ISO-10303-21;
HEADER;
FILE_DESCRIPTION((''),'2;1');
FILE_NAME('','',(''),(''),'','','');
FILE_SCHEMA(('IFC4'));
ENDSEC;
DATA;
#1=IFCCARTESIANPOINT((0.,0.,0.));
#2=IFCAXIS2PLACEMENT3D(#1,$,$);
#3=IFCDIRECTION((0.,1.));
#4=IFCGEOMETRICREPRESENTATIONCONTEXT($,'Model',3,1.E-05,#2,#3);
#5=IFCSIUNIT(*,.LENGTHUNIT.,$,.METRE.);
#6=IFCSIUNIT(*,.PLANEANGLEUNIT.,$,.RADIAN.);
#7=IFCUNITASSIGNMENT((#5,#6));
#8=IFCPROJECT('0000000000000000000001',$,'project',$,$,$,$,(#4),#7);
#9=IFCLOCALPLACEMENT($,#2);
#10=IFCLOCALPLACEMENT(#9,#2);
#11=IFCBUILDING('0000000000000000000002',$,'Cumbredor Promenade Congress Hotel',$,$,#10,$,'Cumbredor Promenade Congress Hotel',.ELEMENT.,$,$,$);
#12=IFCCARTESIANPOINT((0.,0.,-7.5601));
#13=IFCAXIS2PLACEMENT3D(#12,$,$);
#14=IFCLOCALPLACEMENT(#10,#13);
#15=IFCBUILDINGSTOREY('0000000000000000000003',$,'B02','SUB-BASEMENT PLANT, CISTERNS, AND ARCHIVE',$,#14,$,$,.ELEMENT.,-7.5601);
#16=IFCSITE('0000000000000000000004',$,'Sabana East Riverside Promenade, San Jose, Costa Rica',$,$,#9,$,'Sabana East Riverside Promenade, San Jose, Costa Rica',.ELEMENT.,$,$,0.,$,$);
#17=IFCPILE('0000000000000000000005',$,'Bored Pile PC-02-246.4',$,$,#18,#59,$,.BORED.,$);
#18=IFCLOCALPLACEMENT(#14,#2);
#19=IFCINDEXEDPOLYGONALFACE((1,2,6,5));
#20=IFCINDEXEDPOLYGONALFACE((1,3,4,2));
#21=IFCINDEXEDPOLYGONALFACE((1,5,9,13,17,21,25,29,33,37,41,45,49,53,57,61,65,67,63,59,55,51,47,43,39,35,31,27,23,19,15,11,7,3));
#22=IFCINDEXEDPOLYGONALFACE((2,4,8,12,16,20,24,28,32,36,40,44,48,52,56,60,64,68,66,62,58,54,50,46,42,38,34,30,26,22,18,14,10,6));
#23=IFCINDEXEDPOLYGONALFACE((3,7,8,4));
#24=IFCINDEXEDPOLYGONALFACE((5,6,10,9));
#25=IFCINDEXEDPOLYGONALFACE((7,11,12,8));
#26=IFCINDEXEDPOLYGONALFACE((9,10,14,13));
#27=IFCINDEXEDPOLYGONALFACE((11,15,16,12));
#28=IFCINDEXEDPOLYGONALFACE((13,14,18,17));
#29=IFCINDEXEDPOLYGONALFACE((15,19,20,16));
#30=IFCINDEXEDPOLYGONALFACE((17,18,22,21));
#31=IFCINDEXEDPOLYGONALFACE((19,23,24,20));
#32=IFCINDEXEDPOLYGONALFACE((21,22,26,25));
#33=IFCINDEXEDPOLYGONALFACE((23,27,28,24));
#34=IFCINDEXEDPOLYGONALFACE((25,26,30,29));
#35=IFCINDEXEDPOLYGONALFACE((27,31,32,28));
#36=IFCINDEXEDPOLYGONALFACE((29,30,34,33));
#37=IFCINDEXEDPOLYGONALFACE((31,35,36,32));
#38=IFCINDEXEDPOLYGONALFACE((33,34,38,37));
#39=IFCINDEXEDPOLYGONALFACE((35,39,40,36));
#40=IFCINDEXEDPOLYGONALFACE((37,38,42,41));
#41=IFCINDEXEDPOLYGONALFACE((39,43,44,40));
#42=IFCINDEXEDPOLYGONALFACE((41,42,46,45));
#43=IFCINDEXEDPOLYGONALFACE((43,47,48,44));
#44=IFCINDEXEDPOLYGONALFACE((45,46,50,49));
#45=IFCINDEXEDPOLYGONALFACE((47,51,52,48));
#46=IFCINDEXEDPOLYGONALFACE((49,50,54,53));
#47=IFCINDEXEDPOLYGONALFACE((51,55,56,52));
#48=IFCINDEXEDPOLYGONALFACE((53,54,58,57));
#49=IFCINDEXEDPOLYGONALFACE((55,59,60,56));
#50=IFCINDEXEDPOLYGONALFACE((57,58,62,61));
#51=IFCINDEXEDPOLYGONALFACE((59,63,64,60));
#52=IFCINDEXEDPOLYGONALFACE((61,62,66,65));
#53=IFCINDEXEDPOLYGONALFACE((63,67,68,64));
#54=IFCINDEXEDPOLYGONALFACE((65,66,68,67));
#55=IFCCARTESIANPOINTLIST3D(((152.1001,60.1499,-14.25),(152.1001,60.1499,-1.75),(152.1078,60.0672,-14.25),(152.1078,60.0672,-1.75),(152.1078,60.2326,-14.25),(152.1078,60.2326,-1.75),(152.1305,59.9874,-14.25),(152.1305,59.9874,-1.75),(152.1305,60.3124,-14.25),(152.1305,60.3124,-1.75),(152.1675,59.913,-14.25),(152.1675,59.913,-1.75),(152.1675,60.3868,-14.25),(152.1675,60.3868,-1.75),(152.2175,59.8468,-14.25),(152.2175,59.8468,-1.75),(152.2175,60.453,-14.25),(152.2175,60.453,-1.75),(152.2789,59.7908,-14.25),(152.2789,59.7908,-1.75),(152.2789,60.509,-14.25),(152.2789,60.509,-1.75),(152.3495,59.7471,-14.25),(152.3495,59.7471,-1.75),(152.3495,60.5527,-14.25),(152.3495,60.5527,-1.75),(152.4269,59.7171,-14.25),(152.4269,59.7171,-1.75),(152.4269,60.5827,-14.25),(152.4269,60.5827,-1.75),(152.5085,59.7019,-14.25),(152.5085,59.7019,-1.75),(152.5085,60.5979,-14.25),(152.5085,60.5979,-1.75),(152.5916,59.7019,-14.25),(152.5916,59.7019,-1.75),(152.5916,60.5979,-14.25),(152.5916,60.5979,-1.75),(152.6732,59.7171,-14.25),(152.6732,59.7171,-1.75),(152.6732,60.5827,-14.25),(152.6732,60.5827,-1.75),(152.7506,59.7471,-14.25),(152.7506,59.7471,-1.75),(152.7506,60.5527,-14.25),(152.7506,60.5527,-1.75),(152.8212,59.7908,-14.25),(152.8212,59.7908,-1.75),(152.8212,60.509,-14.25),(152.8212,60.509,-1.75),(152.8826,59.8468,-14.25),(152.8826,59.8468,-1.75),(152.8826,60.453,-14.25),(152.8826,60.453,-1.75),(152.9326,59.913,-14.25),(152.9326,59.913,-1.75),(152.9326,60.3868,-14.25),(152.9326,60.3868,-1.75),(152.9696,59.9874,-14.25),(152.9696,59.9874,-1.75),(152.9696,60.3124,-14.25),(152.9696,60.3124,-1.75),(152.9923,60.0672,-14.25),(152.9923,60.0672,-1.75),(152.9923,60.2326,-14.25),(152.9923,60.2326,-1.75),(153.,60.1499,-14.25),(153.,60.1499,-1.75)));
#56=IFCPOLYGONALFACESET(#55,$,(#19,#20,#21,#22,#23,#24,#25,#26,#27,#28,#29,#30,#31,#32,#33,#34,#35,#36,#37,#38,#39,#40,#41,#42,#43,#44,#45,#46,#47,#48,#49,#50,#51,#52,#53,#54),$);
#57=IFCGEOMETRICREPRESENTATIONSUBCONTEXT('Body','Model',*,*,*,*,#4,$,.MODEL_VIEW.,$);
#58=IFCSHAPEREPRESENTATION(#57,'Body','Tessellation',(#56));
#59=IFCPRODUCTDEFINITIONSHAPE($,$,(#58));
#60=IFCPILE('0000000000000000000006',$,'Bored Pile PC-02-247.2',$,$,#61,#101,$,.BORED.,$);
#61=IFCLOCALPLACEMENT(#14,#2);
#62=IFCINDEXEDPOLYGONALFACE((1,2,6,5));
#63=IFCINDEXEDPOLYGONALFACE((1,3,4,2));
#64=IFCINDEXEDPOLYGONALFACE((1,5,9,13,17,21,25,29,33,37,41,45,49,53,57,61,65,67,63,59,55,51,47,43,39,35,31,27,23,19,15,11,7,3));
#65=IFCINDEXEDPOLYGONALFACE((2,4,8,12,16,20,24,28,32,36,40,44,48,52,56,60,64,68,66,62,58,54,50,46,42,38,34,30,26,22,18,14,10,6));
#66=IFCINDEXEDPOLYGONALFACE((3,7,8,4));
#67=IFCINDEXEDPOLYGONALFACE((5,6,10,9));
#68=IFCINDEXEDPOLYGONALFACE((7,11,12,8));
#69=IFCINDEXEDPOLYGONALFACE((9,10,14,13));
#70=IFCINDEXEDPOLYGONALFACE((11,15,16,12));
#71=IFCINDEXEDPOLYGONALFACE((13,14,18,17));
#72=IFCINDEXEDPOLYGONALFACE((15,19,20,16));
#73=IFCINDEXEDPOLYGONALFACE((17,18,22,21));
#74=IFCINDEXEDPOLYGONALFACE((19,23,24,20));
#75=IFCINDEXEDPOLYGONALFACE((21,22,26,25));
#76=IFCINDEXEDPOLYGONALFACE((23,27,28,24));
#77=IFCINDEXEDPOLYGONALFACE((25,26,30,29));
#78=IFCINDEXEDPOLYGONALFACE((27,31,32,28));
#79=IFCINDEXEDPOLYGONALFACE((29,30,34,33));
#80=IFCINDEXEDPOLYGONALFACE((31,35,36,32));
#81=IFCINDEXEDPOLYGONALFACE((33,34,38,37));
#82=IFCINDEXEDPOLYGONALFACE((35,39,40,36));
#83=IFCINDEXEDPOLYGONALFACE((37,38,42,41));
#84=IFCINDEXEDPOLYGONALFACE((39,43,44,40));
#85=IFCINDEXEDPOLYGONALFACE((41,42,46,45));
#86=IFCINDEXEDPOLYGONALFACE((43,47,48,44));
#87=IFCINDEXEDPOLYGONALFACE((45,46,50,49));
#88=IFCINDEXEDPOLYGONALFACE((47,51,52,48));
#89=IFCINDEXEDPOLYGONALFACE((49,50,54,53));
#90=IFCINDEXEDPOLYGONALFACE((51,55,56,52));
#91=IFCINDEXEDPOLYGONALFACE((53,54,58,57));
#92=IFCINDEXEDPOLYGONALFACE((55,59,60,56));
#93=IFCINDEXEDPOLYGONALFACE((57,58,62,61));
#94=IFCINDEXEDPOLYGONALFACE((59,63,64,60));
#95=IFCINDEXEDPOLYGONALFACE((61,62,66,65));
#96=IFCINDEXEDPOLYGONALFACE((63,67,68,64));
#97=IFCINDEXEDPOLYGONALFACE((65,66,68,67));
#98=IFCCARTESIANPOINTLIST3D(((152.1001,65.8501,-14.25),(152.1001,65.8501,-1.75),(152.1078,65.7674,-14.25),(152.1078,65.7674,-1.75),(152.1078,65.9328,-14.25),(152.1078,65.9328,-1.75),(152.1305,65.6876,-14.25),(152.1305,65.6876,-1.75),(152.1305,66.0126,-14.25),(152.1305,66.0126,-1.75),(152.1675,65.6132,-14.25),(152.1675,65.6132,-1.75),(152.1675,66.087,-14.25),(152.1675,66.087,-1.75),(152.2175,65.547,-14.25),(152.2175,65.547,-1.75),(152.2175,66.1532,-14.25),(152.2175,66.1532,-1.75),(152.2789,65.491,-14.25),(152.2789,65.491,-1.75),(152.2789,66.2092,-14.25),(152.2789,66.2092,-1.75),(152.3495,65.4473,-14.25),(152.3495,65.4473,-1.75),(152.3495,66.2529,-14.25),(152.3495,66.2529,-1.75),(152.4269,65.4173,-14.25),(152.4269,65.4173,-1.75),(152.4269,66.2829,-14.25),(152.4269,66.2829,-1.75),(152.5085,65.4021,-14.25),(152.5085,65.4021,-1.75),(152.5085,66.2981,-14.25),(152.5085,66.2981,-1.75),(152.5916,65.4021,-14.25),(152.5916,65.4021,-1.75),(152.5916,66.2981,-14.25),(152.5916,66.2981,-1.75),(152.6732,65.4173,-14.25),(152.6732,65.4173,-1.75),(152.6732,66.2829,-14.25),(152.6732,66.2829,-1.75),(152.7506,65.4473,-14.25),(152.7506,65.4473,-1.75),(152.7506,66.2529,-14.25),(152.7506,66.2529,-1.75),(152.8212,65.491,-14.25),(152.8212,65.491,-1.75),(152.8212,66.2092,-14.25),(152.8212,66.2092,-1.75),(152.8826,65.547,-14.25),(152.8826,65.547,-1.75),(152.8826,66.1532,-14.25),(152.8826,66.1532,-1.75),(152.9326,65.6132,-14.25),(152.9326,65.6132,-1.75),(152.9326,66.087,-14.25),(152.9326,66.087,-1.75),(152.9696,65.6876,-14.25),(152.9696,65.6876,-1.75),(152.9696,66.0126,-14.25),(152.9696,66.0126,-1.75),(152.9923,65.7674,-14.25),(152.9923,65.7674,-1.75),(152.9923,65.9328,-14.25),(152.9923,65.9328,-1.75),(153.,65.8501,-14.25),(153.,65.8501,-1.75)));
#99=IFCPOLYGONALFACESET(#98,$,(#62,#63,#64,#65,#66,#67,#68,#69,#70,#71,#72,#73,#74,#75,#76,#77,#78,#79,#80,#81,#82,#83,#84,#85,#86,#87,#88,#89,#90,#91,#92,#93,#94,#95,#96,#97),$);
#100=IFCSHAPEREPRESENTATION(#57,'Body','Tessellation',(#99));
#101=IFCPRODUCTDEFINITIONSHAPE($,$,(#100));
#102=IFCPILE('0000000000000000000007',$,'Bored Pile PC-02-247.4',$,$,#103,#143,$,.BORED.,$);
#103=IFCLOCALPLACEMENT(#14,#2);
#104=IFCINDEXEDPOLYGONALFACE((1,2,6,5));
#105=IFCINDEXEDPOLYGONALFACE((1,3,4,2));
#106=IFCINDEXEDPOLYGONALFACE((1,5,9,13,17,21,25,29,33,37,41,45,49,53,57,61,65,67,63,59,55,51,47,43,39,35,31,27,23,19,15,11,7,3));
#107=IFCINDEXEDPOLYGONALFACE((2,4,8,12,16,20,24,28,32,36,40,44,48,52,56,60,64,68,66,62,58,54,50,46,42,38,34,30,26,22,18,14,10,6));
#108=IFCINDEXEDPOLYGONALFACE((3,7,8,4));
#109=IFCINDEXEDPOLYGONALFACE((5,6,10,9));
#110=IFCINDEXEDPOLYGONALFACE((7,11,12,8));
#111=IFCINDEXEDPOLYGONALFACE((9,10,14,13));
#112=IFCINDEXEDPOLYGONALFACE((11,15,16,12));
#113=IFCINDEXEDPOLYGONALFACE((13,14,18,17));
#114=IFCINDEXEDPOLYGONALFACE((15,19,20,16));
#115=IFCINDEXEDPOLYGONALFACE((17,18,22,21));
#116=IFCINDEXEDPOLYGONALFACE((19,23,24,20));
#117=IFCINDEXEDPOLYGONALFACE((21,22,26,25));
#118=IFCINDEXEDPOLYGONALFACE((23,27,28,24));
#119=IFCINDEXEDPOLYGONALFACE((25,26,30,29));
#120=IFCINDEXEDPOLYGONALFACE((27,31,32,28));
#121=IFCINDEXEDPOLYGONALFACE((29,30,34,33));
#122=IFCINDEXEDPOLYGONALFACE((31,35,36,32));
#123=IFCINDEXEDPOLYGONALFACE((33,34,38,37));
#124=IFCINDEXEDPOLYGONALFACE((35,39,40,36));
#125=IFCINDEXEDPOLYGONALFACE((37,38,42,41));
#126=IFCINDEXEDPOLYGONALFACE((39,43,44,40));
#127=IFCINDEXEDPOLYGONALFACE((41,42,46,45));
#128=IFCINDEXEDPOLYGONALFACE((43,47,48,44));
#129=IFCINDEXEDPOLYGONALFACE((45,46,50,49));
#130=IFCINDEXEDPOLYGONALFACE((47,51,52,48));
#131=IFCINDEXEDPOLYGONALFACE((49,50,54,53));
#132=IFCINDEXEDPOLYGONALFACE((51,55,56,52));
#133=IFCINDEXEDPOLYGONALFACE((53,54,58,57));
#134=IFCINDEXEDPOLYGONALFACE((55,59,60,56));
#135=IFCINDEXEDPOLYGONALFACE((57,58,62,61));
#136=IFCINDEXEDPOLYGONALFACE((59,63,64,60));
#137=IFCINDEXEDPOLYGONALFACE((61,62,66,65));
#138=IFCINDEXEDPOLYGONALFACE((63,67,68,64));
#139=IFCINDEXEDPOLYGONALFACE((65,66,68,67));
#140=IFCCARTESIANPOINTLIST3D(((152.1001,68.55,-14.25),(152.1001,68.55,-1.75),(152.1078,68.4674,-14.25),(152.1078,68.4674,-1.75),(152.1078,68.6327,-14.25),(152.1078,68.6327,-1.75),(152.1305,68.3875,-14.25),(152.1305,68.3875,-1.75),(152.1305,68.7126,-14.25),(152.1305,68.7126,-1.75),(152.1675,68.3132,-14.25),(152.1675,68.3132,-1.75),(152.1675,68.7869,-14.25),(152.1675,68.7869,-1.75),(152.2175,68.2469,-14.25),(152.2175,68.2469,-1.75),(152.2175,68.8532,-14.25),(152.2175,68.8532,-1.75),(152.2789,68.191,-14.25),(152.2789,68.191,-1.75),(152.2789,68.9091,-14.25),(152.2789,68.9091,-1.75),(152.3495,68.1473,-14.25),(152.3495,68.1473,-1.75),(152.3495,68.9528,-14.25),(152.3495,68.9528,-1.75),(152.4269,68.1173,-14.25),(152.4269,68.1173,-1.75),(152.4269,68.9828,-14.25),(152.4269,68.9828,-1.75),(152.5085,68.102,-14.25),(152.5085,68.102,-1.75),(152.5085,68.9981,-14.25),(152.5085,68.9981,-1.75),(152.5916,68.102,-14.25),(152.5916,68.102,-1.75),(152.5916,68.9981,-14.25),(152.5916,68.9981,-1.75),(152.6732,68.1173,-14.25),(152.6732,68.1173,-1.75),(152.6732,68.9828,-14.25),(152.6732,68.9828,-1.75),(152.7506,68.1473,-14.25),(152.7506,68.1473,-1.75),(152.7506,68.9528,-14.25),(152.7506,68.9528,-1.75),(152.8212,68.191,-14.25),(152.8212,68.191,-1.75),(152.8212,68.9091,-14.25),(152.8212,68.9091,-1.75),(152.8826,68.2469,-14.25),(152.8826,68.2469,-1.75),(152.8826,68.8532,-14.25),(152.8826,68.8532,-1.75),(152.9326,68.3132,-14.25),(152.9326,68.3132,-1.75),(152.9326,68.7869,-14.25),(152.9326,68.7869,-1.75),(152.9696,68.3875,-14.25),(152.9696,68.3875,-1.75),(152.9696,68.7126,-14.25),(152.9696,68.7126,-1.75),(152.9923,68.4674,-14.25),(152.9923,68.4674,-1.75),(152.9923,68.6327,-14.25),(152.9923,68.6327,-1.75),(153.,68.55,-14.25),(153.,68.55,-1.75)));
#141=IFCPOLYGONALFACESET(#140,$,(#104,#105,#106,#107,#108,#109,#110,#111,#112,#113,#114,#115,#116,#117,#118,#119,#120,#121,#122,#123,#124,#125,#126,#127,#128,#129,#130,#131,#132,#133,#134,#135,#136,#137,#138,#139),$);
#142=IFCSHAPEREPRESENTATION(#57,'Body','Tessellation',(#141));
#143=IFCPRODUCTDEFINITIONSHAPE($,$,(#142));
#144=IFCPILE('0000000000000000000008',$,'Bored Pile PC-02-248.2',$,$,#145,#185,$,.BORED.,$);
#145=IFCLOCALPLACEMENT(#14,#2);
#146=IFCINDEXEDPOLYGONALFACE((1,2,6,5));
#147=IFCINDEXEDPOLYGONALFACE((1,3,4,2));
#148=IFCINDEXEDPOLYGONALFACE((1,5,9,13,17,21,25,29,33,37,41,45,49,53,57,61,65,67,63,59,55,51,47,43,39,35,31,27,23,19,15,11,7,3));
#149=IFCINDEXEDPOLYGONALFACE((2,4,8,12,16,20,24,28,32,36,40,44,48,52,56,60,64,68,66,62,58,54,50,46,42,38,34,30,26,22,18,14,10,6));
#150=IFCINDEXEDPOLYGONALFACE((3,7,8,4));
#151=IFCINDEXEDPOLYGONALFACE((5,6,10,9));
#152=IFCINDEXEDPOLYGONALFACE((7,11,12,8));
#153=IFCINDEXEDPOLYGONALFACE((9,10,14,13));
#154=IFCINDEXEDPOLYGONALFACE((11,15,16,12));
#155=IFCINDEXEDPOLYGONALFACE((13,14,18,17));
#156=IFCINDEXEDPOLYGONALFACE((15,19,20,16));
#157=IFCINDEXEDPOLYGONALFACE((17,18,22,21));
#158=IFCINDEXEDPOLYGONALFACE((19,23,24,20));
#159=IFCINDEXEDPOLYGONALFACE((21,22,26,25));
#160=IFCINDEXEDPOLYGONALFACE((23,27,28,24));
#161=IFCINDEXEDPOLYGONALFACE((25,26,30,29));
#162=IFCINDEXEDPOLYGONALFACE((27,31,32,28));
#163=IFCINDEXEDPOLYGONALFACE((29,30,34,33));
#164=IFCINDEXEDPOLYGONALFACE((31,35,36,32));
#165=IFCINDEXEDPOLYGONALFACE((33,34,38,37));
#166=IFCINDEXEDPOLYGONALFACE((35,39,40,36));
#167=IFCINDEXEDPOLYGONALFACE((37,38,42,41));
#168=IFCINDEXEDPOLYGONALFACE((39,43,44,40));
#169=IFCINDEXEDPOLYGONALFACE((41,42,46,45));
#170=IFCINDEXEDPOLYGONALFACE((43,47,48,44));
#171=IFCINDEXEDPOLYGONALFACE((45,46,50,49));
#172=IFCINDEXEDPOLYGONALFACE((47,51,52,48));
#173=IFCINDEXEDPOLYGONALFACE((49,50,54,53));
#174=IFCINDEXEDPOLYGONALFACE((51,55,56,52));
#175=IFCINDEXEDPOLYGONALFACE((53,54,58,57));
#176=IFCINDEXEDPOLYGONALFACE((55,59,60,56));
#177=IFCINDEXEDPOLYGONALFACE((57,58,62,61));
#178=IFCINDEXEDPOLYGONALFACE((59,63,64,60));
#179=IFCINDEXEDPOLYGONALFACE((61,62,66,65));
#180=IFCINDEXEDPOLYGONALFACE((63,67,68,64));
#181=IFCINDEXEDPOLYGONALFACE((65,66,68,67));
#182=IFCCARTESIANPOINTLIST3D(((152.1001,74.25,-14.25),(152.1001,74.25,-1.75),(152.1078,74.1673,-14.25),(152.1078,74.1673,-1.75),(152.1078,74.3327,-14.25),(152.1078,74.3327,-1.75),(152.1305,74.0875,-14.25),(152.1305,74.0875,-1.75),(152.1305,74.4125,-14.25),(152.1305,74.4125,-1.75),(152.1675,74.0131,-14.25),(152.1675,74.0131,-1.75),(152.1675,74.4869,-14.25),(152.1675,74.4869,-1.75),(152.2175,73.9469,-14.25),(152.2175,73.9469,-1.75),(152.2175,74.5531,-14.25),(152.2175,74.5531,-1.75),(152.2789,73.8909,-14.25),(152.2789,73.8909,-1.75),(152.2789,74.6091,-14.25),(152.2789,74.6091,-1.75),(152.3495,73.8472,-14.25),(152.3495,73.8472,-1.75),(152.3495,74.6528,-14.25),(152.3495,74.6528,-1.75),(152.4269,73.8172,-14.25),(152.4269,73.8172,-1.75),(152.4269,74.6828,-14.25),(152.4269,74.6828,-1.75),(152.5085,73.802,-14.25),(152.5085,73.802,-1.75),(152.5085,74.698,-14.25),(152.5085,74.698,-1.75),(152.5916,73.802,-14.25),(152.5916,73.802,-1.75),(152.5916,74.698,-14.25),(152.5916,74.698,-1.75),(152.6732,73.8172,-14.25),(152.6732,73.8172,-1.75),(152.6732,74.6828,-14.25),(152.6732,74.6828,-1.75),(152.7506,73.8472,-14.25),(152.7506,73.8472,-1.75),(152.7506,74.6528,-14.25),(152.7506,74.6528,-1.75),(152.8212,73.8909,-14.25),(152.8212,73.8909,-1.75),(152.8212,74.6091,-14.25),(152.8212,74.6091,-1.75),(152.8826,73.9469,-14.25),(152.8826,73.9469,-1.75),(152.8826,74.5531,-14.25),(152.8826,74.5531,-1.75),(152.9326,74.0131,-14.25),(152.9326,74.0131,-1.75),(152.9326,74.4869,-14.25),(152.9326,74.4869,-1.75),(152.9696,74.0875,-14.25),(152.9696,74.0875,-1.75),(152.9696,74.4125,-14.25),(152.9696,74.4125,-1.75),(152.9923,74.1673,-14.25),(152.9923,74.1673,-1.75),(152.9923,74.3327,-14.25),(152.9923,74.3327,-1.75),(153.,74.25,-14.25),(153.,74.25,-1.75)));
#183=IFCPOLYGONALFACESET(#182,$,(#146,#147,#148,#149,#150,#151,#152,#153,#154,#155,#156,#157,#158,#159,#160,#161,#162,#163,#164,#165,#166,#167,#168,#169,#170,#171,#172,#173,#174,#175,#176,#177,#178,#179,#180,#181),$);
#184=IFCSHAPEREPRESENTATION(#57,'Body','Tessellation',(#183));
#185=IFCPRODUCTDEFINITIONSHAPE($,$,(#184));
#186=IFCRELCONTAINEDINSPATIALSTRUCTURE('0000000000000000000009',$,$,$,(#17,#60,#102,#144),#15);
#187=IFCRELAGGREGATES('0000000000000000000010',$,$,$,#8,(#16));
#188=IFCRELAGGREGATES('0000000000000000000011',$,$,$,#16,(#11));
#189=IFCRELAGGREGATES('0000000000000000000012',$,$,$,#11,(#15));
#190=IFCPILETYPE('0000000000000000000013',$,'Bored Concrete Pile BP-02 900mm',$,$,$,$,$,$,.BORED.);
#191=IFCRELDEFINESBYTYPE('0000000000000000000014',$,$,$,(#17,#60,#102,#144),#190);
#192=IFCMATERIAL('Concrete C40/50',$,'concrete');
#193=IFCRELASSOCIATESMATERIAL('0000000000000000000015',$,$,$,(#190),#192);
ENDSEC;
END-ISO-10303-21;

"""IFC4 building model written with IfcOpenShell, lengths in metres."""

from ifc_helpers import new_model, si_unit, direction, frame, origin, origin_2d, place, context, subcontext, project, spatial, circle, extrude, material, material_profile, profile_set, type_object, element, save


model = new_model("IFC4")

# Units and contexts
model_context = context("Model", 3, precision=1e-05, world=origin(), true_north=direction((0.0, 1.0)))
body_context = subcontext(model_context, "Body", "Model", "MODEL_VIEW")
ifc_project = project(units=[si_unit("LENGTHUNIT", "METRE"), si_unit("PLANEANGLEUNIT", "RADIAN")], contexts=[model_context])

# Site, building, storey
site_placement = place(None, origin())
site = spatial("IfcSite", under=ifc_project, at=site_placement, Name="Sabana East Riverside Promenade, San Jose, Costa Rica", LongName="Sabana East Riverside Promenade, San Jose, Costa Rica", CompositionType="ELEMENT", RefElevation=0.0)
building_placement = place(site_placement, origin())
building = spatial("IfcBuilding", under=site, at=building_placement, Name="Cumbredor Promenade Congress Hotel", LongName="Cumbredor Promenade Congress Hotel", CompositionType="ELEMENT")
storey_placement = place(building_placement, frame((0.0, 0.0, -7.5601)))
storey = spatial("IfcBuildingStorey", under=building, at=storey_placement, Name="B02", Description="SUB-BASEMENT PLANT, CISTERNS, AND ARCHIVE", CompositionType="ELEMENT", Elevation=-7.5601)

# Piles
ifc_material_1 = material(Name="Concrete C40/50", Category="concrete")
ifc_material_profile_1 = material_profile(ifc_material_1, circle(Radius=0.45, at=origin_2d()), Name="PILE D900")
ifc_profile_set_1 = profile_set([ifc_material_profile_1], Name="Concrete C40/50")
pile_type = type_object("IfcPileType", Name="Bored Concrete Pile BP-02 900mm", PredefinedType="BORED", material=ifc_profile_set_1)
for number, where, z_axis, x_axis, name in (
    (1, (152.55, 60.1499, -1.75), (0.0, 0.0, -1.0), (1.0, 0.0, 0.0), "Bored Pile PC-02-246.4"),
    (2, (152.55, 65.8501, -1.75), (0.0, 0.0, -1.0), (1.0, 0.0, 0.0), "Bored Pile PC-02-247.2"),
    (3, (152.55, 68.55, -1.75), (0.0, 0.0, -1.0), (1.0, 0.0, 0.0), "Bored Pile PC-02-247.4"),
    (4, (152.55, 74.25, -1.75), (0.0, 0.0, -1.0), (1.0, 0.0, 0.0), "Bored Pile PC-02-248.2"),
):
    element("IfcPile", number, at=place(storey_placement, frame(where, z_axis=z_axis, x_axis=x_axis)), inside=storey, type_object=pile_type, Name=name, PredefinedType="BORED", context=body_context, shape_type="SweptSolid", body=[
        extrude(circle(Radius=0.45, at=origin_2d()), origin(), (0.0, 0.0, 1.0), 12.5),
    ])

save(model, "model.ifc")
